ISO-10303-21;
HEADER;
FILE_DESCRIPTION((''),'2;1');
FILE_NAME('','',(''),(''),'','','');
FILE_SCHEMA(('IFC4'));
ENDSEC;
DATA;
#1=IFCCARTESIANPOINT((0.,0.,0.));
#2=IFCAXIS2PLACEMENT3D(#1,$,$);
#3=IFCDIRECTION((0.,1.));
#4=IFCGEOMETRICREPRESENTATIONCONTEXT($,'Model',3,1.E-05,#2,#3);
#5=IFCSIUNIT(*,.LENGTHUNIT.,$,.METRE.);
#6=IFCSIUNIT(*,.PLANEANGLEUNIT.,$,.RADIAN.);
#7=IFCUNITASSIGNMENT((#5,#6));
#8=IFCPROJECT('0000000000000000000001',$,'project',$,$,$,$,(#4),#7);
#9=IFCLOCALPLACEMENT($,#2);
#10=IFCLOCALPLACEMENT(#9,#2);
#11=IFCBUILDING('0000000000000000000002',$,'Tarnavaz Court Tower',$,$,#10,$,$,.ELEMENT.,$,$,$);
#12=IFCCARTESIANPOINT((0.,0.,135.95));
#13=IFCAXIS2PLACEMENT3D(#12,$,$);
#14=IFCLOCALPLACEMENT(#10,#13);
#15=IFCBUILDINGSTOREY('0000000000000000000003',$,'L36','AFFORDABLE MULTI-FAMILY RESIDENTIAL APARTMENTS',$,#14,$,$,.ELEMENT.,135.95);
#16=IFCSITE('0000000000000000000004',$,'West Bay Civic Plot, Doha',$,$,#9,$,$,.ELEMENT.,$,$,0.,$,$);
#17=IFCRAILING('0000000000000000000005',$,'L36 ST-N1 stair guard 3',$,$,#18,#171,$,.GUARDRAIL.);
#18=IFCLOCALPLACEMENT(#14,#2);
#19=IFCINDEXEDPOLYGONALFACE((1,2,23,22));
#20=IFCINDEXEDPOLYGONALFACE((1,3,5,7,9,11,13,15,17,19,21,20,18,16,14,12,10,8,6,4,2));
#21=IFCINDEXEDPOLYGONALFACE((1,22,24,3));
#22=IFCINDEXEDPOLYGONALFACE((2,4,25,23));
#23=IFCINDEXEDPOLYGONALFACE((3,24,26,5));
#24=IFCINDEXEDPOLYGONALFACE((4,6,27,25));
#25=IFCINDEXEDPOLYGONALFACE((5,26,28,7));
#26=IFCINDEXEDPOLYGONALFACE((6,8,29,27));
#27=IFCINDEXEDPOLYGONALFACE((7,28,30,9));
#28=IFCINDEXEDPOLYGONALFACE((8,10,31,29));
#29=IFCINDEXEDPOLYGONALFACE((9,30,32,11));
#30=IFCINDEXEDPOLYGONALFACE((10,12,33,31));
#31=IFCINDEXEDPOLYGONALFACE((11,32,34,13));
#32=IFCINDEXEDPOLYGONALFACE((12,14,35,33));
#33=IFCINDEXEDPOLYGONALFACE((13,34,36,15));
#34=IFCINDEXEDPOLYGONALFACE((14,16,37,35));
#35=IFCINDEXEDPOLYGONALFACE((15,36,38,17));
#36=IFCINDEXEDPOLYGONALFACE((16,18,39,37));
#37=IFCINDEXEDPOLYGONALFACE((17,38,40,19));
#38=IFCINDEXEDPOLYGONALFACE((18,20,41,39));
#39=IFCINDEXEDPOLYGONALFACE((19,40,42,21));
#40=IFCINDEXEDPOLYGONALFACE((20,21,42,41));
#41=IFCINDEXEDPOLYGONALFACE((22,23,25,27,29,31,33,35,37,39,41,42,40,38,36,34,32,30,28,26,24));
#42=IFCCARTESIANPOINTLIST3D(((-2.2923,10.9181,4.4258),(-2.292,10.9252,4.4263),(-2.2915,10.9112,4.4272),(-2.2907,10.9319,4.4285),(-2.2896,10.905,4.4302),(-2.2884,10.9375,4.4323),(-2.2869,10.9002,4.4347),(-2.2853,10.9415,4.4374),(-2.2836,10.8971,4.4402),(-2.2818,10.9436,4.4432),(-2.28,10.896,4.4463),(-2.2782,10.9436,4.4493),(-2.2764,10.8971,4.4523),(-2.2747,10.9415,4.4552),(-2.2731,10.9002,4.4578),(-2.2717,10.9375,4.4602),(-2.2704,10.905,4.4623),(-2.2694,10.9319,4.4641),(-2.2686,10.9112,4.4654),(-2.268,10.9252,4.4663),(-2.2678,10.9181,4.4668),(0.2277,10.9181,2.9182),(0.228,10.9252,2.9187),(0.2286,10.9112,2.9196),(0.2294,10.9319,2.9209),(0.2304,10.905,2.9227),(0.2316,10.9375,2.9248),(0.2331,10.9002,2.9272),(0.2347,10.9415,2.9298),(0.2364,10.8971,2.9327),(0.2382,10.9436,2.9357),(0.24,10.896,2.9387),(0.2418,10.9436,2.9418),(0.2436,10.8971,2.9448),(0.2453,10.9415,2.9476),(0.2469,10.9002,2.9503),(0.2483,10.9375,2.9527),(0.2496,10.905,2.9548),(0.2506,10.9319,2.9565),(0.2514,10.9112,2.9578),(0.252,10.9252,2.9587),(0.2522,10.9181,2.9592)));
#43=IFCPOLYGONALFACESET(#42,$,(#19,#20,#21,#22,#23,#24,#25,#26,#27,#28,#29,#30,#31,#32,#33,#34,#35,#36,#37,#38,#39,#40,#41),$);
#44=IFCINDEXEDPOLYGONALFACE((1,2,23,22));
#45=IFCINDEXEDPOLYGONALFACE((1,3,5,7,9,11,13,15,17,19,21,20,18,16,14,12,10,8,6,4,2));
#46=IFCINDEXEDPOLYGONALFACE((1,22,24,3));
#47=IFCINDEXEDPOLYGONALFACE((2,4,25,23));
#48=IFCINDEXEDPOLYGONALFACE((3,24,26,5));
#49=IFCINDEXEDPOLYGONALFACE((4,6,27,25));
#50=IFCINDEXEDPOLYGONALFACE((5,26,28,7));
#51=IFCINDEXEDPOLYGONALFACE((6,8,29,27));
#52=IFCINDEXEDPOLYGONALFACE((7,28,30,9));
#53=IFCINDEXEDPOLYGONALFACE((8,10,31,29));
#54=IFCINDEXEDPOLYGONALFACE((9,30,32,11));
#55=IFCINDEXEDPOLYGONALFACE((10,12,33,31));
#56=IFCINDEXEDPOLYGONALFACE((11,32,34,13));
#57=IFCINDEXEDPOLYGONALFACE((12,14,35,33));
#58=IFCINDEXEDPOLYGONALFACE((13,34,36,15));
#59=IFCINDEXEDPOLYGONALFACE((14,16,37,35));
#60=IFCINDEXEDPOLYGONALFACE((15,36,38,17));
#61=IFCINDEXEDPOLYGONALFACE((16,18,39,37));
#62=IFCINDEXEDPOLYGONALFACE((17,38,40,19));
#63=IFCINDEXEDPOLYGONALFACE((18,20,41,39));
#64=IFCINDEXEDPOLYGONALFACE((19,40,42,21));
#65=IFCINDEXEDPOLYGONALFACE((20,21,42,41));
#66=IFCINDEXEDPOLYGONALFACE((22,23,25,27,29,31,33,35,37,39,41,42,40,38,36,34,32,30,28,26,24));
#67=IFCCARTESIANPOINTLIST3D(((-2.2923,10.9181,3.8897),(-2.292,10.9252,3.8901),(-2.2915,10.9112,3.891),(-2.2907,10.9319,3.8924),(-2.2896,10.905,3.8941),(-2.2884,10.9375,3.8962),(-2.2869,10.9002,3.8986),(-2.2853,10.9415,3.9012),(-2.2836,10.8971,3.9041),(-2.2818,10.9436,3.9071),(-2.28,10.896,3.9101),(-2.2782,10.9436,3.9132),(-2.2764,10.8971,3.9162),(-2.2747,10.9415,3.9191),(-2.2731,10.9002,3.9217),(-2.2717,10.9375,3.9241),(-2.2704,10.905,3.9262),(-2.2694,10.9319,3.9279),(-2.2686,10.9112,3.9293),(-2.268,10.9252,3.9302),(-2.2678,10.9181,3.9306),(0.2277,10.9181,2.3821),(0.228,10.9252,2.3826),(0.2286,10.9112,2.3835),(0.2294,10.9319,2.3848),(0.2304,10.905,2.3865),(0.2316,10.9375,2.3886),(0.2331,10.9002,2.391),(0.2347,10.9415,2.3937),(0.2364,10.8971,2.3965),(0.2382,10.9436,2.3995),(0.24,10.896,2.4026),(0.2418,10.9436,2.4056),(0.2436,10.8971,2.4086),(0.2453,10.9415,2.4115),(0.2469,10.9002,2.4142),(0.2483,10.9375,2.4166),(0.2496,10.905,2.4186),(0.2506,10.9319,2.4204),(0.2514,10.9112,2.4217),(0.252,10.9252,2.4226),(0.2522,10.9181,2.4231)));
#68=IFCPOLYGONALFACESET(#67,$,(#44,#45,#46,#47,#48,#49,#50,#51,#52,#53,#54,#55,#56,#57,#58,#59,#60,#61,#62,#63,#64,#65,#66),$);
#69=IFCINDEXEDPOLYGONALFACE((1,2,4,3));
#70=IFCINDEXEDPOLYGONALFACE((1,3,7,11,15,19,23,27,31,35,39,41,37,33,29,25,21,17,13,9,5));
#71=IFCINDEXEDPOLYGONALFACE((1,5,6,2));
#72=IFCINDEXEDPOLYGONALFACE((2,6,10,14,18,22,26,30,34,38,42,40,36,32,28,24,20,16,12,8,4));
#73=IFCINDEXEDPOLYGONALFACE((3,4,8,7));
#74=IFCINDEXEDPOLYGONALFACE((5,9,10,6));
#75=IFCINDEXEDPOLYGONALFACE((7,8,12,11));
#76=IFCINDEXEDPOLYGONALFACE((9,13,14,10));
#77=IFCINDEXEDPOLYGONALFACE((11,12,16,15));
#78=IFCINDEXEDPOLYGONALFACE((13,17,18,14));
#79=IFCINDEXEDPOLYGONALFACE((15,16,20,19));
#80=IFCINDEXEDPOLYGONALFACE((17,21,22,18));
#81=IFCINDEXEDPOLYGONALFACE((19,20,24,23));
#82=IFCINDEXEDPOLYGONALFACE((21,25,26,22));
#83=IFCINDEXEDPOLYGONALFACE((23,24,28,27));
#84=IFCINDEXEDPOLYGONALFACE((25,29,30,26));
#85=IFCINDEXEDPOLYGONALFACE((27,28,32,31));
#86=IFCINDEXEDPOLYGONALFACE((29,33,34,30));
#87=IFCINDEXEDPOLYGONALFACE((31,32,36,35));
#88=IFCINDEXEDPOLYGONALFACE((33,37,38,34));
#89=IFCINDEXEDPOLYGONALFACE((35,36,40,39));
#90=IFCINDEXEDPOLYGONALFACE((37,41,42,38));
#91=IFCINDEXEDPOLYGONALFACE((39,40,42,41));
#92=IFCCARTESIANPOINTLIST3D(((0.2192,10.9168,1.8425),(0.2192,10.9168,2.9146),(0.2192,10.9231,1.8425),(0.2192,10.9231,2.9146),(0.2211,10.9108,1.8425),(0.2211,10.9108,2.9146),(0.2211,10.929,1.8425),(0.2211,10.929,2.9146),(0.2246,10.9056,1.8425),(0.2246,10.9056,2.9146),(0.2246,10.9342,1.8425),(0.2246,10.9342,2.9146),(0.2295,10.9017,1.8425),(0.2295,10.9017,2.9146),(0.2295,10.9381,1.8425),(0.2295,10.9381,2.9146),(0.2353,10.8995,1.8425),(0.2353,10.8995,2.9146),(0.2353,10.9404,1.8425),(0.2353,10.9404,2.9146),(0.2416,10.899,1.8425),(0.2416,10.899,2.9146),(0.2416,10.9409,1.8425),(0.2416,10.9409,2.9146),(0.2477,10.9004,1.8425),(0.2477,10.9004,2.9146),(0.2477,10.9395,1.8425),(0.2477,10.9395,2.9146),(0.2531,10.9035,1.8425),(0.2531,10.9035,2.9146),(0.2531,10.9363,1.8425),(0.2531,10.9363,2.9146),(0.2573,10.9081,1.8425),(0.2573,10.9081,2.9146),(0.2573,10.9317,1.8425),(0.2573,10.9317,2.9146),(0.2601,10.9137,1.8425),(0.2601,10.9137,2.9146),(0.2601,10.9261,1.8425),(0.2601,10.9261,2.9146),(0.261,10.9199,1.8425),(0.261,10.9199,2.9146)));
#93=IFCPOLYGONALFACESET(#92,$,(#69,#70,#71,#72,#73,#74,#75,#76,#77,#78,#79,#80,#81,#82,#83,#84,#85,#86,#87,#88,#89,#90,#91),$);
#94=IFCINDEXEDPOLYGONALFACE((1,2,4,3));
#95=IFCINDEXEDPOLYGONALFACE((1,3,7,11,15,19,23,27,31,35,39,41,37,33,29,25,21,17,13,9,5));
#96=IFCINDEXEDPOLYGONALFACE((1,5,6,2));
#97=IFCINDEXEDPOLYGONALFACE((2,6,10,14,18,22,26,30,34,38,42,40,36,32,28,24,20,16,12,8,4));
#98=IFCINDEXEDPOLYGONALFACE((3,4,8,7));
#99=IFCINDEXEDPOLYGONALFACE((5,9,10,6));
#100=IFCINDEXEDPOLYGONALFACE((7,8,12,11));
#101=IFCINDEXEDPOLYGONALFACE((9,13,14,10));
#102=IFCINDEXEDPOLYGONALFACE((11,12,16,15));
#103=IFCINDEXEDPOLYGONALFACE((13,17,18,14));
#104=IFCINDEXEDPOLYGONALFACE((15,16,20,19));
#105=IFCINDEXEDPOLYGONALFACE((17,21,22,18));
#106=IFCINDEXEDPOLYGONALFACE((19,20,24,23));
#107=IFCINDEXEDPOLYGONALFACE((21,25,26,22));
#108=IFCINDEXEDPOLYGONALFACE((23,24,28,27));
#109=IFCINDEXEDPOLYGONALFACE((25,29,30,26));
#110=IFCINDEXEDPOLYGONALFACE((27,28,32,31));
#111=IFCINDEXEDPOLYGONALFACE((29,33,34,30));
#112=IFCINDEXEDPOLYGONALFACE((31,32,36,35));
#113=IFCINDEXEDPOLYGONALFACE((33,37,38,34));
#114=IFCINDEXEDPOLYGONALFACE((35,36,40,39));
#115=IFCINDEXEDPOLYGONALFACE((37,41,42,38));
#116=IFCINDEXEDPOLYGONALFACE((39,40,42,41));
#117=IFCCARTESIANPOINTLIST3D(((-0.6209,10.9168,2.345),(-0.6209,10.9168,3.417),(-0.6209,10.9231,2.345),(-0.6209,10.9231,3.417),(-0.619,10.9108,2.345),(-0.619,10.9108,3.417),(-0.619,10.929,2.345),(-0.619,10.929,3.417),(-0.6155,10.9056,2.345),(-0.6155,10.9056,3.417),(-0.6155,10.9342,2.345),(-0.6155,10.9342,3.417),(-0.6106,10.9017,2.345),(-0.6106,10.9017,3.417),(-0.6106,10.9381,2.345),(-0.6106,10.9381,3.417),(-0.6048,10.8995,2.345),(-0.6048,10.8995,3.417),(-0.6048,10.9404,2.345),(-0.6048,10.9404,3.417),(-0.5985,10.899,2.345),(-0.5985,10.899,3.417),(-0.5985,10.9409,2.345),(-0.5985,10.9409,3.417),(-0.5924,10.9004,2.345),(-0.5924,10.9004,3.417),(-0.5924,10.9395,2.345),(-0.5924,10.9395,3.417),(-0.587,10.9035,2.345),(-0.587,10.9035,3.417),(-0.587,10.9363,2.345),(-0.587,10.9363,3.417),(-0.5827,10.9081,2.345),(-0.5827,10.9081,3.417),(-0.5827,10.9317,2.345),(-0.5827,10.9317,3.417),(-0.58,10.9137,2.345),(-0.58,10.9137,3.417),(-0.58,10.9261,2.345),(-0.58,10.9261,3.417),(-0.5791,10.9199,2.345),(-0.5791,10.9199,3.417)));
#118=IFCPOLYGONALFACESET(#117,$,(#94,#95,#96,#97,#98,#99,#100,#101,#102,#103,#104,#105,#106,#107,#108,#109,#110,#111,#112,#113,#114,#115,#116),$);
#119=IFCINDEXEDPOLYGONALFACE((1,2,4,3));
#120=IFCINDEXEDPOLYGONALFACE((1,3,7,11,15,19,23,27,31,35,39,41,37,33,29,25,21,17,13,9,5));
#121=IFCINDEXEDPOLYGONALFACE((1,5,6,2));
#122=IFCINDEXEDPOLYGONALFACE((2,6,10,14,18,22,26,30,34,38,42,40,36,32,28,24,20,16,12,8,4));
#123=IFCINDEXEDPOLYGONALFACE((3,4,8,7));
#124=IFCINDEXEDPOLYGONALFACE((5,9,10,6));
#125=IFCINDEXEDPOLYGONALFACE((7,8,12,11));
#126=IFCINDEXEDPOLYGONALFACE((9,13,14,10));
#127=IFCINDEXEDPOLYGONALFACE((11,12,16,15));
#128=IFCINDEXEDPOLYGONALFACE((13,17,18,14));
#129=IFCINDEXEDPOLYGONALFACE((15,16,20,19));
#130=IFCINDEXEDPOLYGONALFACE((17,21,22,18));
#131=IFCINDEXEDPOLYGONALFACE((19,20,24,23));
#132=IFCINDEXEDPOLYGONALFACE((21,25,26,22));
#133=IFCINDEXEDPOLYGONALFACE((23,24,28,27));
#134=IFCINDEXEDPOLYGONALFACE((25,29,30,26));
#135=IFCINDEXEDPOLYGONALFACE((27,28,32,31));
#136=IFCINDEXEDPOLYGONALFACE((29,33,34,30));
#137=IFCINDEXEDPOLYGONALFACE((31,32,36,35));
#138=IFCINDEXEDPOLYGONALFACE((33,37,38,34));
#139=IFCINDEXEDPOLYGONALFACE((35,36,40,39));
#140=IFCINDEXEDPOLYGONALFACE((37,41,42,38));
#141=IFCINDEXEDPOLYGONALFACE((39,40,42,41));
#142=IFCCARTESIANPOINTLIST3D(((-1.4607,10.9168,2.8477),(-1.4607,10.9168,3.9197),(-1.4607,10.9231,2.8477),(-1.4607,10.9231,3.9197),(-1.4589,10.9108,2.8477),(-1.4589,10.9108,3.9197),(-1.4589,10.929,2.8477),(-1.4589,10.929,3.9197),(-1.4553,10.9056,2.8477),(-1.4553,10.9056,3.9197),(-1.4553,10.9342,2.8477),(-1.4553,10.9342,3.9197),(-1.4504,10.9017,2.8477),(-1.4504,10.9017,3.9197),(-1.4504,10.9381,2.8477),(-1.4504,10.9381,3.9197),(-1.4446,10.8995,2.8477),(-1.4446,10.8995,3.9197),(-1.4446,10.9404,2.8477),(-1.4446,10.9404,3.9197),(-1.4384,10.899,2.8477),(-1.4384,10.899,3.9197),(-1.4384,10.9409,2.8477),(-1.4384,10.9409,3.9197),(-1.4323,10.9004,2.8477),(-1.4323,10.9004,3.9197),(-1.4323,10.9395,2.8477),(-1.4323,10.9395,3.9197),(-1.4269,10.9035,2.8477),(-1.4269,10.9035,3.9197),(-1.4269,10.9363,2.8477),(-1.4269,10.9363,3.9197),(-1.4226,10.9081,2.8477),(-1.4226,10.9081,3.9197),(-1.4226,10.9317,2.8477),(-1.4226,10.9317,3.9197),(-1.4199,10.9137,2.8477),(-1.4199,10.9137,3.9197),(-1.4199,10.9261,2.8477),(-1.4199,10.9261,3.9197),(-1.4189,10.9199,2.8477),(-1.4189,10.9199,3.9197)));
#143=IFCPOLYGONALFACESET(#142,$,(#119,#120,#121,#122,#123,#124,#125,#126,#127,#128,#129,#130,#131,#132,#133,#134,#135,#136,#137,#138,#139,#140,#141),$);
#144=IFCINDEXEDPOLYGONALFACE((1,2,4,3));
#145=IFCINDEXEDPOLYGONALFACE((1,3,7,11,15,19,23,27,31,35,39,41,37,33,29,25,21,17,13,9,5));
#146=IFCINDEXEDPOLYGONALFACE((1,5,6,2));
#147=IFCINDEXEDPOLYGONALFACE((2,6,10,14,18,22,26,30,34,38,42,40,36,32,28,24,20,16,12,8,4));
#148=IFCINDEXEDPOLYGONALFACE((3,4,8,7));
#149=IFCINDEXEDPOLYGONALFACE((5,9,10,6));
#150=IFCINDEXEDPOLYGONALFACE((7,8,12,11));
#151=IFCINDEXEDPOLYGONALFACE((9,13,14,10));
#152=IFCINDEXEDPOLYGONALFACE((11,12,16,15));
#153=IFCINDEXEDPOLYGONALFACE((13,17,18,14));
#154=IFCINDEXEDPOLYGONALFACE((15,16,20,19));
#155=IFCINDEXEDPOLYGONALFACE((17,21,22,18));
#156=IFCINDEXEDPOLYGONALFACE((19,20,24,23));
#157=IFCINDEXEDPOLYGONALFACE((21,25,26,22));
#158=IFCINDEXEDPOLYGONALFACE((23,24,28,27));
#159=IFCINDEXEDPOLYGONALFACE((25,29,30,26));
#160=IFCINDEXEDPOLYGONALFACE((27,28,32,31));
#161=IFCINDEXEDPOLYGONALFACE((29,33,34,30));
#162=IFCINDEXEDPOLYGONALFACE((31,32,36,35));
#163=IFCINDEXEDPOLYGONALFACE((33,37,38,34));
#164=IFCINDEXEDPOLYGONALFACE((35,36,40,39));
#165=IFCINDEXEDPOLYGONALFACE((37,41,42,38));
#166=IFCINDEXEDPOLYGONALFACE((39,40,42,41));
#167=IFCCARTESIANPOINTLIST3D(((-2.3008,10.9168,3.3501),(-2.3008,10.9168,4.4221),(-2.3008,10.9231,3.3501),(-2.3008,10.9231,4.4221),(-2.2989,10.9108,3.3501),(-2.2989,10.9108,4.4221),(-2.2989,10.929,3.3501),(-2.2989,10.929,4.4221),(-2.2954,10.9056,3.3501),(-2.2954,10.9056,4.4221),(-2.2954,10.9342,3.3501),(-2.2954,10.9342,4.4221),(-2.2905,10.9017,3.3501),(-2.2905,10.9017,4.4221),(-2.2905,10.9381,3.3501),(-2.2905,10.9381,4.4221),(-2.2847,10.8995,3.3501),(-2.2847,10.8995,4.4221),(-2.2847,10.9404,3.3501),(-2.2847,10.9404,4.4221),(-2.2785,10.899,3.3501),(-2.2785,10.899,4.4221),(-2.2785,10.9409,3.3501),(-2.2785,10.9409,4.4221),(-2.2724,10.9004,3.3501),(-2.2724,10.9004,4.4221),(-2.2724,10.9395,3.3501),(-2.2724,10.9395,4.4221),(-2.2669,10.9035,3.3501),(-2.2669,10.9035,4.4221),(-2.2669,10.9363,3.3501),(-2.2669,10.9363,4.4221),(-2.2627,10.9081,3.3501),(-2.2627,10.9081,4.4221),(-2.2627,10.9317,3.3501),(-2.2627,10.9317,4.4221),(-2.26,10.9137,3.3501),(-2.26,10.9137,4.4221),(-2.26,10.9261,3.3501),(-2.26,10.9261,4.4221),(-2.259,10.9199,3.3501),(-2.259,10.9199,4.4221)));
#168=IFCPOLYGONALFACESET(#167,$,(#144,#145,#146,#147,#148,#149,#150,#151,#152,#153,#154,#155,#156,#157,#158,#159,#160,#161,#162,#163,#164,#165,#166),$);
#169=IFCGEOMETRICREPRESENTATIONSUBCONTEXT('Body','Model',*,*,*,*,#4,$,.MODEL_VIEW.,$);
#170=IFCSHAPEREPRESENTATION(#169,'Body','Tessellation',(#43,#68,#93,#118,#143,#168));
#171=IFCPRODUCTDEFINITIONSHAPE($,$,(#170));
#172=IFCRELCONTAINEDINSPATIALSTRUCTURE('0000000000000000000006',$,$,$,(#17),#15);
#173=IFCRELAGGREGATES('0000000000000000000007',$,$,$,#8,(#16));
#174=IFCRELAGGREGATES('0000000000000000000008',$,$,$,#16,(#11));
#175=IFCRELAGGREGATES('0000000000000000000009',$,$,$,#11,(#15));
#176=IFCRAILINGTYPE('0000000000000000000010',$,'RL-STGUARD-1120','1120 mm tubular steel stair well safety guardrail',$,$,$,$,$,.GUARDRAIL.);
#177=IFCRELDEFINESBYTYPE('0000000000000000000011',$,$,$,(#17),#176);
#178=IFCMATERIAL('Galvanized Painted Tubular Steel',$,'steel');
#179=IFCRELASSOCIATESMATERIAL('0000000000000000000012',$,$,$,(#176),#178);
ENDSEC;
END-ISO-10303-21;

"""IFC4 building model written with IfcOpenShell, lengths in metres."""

from ifc_helpers import new_model, si_unit, direction, frame, origin, origin_2d, place, context, subcontext, project, spatial, circle, extrude, material, type_object, element, save


model = new_model("IFC4")

# Units and contexts
model_context = context("Model", 3, precision=1e-05, world=origin(), true_north=direction((0.0, 1.0)))
body_context = subcontext(model_context, "Body", "Model", "MODEL_VIEW")
ifc_project = project(units=[si_unit("LENGTHUNIT", "METRE"), si_unit("PLANEANGLEUNIT", "RADIAN")], contexts=[model_context])

# Site, building, storey
site_placement = place(None, origin())
site = spatial("IfcSite", under=ifc_project, at=site_placement, Name="West Bay Civic Plot, Doha", CompositionType="ELEMENT", RefElevation=0.0)
building_placement = place(site_placement, origin())
building = spatial("IfcBuilding", under=site, at=building_placement, Name="Tarnavaz Court Tower", CompositionType="ELEMENT")
storey_placement = place(building_placement, frame((0.0, 0.0, 135.95)))
storey = spatial("IfcBuildingStorey", under=building, at=storey_placement, Name="L36", Description="AFFORDABLE MULTI-FAMILY RESIDENTIAL APARTMENTS", CompositionType="ELEMENT", Elevation=135.95)

# Railing
ifc_material_1 = material(Name="Galvanized Painted Tubular Steel", Category="steel")
railing_type_1 = type_object("IfcRailingType", Name="RL-STGUARD-1120", Description="1120 mm tubular steel stair well safety guardrail", PredefinedType="GUARDRAIL", material=ifc_material_1)
railing_1_placement = place(storey_placement, frame((0.24, 10.9199, 1.8425)))
element("IfcRailing", 1, at=railing_1_placement, inside=storey, type_object=railing_type_1, Name="L36 ST-N1 stair guard 3", PredefinedType="GUARDRAIL", context=body_context, shape_type="SweptSolid", body=[
    extrude(circle(Radius=0.0239, at=origin_2d()), frame((0.0, 0.0, 1.0962), z_axis=(-0.85816, 0.0, 0.513383), x_axis=(0.0, -1.0, 0.0)), (0.0, 0.0, 1.0), 2.9365),
    extrude(circle(Radius=0.0239, at=origin_2d()), frame((0.0, 0.0, 0.5601), z_axis=(-0.85816, 0.0, 0.513383), x_axis=(0.0, -1.0, 0.0)), (0.0, 0.0, 1.0), 2.9365),
    extrude(circle(Radius=0.021, at=origin_2d()), origin(), (0.0, 0.0, 1.0), 1.072),
    extrude(circle(Radius=0.021, at=origin_2d()), frame((-0.8401, 0.0, 0.5024)), (0.0, 0.0, 1.0), 1.072),
    extrude(circle(Radius=0.021, at=origin_2d()), frame((-1.6799, 0.0, 1.0051)), (0.0, 0.0, 1.0), 1.072),
    extrude(circle(Radius=0.021, at=origin_2d()), frame((-2.52, 0.0, 1.5076)), (0.0, 0.0, 1.0), 1.072),
])

save(model, "model.ifc")
